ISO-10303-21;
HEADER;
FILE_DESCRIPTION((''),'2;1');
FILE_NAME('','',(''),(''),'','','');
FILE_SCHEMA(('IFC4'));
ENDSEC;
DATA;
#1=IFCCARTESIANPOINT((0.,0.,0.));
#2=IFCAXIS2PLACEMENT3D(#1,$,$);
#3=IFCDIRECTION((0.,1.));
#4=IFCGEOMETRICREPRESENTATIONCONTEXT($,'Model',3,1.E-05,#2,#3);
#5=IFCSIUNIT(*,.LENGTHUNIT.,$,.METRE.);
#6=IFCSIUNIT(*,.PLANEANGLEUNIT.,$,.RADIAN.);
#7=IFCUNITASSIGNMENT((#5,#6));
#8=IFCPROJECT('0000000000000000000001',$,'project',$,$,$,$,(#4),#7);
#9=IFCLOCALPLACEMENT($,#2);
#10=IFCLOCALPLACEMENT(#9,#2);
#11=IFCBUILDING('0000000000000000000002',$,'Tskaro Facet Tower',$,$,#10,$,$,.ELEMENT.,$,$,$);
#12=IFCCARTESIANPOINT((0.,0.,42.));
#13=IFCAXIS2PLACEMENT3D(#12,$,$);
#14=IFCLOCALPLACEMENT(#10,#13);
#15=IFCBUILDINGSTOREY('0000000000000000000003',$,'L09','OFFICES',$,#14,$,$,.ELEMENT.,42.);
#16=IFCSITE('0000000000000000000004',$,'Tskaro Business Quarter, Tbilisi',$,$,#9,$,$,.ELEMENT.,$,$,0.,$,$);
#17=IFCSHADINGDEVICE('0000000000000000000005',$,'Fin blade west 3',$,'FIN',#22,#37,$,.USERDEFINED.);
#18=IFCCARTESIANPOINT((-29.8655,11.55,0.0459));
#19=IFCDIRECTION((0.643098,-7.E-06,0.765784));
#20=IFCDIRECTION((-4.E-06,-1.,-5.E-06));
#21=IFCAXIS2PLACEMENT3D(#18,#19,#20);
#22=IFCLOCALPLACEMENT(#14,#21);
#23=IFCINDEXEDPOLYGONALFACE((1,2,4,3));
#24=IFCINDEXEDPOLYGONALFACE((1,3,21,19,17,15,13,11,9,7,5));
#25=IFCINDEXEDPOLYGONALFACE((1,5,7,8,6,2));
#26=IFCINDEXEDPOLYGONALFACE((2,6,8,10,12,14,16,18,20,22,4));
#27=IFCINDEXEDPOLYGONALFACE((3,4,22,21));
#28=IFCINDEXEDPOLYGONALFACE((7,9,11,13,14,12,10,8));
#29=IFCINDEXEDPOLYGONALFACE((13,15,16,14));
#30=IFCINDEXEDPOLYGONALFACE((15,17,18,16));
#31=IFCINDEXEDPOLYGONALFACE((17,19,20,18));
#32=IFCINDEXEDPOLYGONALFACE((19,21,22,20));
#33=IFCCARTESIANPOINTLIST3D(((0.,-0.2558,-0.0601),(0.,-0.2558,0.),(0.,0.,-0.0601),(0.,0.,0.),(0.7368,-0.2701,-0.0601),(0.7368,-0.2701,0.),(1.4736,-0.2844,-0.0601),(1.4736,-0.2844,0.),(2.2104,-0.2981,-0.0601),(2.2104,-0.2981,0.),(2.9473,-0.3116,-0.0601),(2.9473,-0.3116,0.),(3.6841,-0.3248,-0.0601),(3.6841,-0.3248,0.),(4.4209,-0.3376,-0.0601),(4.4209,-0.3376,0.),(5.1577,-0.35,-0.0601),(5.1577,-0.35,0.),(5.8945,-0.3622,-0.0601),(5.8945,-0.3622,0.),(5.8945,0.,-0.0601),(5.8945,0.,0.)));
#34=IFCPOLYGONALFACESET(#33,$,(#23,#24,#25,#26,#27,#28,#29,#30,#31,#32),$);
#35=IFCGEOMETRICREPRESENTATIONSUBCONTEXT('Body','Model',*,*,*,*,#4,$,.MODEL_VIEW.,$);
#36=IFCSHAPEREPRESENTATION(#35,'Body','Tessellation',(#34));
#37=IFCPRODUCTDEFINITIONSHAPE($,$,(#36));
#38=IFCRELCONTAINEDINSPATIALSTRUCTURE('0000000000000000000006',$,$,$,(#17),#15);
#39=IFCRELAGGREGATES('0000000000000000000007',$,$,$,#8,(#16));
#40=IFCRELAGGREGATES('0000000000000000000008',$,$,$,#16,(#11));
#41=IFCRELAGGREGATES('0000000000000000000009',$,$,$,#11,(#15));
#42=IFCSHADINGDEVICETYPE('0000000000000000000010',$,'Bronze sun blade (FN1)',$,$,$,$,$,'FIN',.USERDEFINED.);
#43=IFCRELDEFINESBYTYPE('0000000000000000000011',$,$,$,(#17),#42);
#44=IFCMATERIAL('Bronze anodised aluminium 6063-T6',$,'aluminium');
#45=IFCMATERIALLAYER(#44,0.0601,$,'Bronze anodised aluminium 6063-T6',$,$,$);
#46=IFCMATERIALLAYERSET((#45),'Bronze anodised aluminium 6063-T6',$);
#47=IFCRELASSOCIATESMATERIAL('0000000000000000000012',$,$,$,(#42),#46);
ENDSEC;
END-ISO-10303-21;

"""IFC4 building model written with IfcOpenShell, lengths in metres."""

from ifc_helpers import new_model, si_unit, direction, frame, origin, place, context, subcontext, project, spatial, polyline, outline, extrude, material, layer, layer_set, type_object, element, save


model = new_model("IFC4")

# Units and contexts
model_context = context("Model", 3, precision=1e-05, world=origin(), true_north=direction((0.0, 1.0)))
body_context = subcontext(model_context, "Body", "Model", "MODEL_VIEW")
ifc_project = project(units=[si_unit("LENGTHUNIT", "METRE"), si_unit("PLANEANGLEUNIT", "RADIAN")], contexts=[model_context])

# Site, building, storey
site_placement = place(None, origin())
site = spatial("IfcSite", under=ifc_project, at=site_placement, Name="Tskaro Business Quarter, Tbilisi", CompositionType="ELEMENT", RefElevation=0.0)
building_placement = place(site_placement, origin())
building = spatial("IfcBuilding", under=site, at=building_placement, Name="Tskaro Facet Tower", CompositionType="ELEMENT")
storey_placement = place(building_placement, frame((0.0, 0.0, 42.0)))
storey = spatial("IfcBuildingStorey", under=building, at=storey_placement, Name="L09", Description="OFFICES", CompositionType="ELEMENT", Elevation=42.0)

# Shared definitions
ifc_material_1 = material(Name="Bronze anodised aluminium 6063-T6", Category="aluminium")

# Shading device
ifc_layer_1 = layer(ifc_material_1, 0.0601, Name="Bronze anodised aluminium 6063-T6")
ifc_layer_set_1 = layer_set([ifc_layer_1], Name="Bronze anodised aluminium 6063-T6")
shading_device_type = type_object("IfcShadingDeviceType", Name="Bronze sun blade (FN1)", ElementType="FIN", PredefinedType="USERDEFINED", material=ifc_layer_set_1)
shading_device_1_placement = place(storey_placement, frame((-29.8655, 11.55, 0.0459), z_axis=(0.643098, -0.000007, 0.765784), x_axis=(-0.000004, -1.0, -0.000005)))
element("IfcShadingDevice", 1, at=shading_device_1_placement, inside=storey, type_object=shading_device_type, Name="Fin blade west 3", ObjectType="FIN", PredefinedType="USERDEFINED", context=body_context, shape_type="SweptSolid", body=[
    extrude(outline(polyline([(0.0, 0.0), (5.8945, 0.0), (5.8945, -0.3622), (5.1577, -0.35), (4.4209, -0.3376), (3.6841, -0.3248), (2.9473, -0.3116), (2.2104, -0.2981), (1.4736, -0.2844), (0.7368, -0.2701), (0.0, -0.2558), (0.0, 0.0)])), origin(), (0.0, 0.0, -1.0), 0.0601),
])

save(model, "model.ifc")
